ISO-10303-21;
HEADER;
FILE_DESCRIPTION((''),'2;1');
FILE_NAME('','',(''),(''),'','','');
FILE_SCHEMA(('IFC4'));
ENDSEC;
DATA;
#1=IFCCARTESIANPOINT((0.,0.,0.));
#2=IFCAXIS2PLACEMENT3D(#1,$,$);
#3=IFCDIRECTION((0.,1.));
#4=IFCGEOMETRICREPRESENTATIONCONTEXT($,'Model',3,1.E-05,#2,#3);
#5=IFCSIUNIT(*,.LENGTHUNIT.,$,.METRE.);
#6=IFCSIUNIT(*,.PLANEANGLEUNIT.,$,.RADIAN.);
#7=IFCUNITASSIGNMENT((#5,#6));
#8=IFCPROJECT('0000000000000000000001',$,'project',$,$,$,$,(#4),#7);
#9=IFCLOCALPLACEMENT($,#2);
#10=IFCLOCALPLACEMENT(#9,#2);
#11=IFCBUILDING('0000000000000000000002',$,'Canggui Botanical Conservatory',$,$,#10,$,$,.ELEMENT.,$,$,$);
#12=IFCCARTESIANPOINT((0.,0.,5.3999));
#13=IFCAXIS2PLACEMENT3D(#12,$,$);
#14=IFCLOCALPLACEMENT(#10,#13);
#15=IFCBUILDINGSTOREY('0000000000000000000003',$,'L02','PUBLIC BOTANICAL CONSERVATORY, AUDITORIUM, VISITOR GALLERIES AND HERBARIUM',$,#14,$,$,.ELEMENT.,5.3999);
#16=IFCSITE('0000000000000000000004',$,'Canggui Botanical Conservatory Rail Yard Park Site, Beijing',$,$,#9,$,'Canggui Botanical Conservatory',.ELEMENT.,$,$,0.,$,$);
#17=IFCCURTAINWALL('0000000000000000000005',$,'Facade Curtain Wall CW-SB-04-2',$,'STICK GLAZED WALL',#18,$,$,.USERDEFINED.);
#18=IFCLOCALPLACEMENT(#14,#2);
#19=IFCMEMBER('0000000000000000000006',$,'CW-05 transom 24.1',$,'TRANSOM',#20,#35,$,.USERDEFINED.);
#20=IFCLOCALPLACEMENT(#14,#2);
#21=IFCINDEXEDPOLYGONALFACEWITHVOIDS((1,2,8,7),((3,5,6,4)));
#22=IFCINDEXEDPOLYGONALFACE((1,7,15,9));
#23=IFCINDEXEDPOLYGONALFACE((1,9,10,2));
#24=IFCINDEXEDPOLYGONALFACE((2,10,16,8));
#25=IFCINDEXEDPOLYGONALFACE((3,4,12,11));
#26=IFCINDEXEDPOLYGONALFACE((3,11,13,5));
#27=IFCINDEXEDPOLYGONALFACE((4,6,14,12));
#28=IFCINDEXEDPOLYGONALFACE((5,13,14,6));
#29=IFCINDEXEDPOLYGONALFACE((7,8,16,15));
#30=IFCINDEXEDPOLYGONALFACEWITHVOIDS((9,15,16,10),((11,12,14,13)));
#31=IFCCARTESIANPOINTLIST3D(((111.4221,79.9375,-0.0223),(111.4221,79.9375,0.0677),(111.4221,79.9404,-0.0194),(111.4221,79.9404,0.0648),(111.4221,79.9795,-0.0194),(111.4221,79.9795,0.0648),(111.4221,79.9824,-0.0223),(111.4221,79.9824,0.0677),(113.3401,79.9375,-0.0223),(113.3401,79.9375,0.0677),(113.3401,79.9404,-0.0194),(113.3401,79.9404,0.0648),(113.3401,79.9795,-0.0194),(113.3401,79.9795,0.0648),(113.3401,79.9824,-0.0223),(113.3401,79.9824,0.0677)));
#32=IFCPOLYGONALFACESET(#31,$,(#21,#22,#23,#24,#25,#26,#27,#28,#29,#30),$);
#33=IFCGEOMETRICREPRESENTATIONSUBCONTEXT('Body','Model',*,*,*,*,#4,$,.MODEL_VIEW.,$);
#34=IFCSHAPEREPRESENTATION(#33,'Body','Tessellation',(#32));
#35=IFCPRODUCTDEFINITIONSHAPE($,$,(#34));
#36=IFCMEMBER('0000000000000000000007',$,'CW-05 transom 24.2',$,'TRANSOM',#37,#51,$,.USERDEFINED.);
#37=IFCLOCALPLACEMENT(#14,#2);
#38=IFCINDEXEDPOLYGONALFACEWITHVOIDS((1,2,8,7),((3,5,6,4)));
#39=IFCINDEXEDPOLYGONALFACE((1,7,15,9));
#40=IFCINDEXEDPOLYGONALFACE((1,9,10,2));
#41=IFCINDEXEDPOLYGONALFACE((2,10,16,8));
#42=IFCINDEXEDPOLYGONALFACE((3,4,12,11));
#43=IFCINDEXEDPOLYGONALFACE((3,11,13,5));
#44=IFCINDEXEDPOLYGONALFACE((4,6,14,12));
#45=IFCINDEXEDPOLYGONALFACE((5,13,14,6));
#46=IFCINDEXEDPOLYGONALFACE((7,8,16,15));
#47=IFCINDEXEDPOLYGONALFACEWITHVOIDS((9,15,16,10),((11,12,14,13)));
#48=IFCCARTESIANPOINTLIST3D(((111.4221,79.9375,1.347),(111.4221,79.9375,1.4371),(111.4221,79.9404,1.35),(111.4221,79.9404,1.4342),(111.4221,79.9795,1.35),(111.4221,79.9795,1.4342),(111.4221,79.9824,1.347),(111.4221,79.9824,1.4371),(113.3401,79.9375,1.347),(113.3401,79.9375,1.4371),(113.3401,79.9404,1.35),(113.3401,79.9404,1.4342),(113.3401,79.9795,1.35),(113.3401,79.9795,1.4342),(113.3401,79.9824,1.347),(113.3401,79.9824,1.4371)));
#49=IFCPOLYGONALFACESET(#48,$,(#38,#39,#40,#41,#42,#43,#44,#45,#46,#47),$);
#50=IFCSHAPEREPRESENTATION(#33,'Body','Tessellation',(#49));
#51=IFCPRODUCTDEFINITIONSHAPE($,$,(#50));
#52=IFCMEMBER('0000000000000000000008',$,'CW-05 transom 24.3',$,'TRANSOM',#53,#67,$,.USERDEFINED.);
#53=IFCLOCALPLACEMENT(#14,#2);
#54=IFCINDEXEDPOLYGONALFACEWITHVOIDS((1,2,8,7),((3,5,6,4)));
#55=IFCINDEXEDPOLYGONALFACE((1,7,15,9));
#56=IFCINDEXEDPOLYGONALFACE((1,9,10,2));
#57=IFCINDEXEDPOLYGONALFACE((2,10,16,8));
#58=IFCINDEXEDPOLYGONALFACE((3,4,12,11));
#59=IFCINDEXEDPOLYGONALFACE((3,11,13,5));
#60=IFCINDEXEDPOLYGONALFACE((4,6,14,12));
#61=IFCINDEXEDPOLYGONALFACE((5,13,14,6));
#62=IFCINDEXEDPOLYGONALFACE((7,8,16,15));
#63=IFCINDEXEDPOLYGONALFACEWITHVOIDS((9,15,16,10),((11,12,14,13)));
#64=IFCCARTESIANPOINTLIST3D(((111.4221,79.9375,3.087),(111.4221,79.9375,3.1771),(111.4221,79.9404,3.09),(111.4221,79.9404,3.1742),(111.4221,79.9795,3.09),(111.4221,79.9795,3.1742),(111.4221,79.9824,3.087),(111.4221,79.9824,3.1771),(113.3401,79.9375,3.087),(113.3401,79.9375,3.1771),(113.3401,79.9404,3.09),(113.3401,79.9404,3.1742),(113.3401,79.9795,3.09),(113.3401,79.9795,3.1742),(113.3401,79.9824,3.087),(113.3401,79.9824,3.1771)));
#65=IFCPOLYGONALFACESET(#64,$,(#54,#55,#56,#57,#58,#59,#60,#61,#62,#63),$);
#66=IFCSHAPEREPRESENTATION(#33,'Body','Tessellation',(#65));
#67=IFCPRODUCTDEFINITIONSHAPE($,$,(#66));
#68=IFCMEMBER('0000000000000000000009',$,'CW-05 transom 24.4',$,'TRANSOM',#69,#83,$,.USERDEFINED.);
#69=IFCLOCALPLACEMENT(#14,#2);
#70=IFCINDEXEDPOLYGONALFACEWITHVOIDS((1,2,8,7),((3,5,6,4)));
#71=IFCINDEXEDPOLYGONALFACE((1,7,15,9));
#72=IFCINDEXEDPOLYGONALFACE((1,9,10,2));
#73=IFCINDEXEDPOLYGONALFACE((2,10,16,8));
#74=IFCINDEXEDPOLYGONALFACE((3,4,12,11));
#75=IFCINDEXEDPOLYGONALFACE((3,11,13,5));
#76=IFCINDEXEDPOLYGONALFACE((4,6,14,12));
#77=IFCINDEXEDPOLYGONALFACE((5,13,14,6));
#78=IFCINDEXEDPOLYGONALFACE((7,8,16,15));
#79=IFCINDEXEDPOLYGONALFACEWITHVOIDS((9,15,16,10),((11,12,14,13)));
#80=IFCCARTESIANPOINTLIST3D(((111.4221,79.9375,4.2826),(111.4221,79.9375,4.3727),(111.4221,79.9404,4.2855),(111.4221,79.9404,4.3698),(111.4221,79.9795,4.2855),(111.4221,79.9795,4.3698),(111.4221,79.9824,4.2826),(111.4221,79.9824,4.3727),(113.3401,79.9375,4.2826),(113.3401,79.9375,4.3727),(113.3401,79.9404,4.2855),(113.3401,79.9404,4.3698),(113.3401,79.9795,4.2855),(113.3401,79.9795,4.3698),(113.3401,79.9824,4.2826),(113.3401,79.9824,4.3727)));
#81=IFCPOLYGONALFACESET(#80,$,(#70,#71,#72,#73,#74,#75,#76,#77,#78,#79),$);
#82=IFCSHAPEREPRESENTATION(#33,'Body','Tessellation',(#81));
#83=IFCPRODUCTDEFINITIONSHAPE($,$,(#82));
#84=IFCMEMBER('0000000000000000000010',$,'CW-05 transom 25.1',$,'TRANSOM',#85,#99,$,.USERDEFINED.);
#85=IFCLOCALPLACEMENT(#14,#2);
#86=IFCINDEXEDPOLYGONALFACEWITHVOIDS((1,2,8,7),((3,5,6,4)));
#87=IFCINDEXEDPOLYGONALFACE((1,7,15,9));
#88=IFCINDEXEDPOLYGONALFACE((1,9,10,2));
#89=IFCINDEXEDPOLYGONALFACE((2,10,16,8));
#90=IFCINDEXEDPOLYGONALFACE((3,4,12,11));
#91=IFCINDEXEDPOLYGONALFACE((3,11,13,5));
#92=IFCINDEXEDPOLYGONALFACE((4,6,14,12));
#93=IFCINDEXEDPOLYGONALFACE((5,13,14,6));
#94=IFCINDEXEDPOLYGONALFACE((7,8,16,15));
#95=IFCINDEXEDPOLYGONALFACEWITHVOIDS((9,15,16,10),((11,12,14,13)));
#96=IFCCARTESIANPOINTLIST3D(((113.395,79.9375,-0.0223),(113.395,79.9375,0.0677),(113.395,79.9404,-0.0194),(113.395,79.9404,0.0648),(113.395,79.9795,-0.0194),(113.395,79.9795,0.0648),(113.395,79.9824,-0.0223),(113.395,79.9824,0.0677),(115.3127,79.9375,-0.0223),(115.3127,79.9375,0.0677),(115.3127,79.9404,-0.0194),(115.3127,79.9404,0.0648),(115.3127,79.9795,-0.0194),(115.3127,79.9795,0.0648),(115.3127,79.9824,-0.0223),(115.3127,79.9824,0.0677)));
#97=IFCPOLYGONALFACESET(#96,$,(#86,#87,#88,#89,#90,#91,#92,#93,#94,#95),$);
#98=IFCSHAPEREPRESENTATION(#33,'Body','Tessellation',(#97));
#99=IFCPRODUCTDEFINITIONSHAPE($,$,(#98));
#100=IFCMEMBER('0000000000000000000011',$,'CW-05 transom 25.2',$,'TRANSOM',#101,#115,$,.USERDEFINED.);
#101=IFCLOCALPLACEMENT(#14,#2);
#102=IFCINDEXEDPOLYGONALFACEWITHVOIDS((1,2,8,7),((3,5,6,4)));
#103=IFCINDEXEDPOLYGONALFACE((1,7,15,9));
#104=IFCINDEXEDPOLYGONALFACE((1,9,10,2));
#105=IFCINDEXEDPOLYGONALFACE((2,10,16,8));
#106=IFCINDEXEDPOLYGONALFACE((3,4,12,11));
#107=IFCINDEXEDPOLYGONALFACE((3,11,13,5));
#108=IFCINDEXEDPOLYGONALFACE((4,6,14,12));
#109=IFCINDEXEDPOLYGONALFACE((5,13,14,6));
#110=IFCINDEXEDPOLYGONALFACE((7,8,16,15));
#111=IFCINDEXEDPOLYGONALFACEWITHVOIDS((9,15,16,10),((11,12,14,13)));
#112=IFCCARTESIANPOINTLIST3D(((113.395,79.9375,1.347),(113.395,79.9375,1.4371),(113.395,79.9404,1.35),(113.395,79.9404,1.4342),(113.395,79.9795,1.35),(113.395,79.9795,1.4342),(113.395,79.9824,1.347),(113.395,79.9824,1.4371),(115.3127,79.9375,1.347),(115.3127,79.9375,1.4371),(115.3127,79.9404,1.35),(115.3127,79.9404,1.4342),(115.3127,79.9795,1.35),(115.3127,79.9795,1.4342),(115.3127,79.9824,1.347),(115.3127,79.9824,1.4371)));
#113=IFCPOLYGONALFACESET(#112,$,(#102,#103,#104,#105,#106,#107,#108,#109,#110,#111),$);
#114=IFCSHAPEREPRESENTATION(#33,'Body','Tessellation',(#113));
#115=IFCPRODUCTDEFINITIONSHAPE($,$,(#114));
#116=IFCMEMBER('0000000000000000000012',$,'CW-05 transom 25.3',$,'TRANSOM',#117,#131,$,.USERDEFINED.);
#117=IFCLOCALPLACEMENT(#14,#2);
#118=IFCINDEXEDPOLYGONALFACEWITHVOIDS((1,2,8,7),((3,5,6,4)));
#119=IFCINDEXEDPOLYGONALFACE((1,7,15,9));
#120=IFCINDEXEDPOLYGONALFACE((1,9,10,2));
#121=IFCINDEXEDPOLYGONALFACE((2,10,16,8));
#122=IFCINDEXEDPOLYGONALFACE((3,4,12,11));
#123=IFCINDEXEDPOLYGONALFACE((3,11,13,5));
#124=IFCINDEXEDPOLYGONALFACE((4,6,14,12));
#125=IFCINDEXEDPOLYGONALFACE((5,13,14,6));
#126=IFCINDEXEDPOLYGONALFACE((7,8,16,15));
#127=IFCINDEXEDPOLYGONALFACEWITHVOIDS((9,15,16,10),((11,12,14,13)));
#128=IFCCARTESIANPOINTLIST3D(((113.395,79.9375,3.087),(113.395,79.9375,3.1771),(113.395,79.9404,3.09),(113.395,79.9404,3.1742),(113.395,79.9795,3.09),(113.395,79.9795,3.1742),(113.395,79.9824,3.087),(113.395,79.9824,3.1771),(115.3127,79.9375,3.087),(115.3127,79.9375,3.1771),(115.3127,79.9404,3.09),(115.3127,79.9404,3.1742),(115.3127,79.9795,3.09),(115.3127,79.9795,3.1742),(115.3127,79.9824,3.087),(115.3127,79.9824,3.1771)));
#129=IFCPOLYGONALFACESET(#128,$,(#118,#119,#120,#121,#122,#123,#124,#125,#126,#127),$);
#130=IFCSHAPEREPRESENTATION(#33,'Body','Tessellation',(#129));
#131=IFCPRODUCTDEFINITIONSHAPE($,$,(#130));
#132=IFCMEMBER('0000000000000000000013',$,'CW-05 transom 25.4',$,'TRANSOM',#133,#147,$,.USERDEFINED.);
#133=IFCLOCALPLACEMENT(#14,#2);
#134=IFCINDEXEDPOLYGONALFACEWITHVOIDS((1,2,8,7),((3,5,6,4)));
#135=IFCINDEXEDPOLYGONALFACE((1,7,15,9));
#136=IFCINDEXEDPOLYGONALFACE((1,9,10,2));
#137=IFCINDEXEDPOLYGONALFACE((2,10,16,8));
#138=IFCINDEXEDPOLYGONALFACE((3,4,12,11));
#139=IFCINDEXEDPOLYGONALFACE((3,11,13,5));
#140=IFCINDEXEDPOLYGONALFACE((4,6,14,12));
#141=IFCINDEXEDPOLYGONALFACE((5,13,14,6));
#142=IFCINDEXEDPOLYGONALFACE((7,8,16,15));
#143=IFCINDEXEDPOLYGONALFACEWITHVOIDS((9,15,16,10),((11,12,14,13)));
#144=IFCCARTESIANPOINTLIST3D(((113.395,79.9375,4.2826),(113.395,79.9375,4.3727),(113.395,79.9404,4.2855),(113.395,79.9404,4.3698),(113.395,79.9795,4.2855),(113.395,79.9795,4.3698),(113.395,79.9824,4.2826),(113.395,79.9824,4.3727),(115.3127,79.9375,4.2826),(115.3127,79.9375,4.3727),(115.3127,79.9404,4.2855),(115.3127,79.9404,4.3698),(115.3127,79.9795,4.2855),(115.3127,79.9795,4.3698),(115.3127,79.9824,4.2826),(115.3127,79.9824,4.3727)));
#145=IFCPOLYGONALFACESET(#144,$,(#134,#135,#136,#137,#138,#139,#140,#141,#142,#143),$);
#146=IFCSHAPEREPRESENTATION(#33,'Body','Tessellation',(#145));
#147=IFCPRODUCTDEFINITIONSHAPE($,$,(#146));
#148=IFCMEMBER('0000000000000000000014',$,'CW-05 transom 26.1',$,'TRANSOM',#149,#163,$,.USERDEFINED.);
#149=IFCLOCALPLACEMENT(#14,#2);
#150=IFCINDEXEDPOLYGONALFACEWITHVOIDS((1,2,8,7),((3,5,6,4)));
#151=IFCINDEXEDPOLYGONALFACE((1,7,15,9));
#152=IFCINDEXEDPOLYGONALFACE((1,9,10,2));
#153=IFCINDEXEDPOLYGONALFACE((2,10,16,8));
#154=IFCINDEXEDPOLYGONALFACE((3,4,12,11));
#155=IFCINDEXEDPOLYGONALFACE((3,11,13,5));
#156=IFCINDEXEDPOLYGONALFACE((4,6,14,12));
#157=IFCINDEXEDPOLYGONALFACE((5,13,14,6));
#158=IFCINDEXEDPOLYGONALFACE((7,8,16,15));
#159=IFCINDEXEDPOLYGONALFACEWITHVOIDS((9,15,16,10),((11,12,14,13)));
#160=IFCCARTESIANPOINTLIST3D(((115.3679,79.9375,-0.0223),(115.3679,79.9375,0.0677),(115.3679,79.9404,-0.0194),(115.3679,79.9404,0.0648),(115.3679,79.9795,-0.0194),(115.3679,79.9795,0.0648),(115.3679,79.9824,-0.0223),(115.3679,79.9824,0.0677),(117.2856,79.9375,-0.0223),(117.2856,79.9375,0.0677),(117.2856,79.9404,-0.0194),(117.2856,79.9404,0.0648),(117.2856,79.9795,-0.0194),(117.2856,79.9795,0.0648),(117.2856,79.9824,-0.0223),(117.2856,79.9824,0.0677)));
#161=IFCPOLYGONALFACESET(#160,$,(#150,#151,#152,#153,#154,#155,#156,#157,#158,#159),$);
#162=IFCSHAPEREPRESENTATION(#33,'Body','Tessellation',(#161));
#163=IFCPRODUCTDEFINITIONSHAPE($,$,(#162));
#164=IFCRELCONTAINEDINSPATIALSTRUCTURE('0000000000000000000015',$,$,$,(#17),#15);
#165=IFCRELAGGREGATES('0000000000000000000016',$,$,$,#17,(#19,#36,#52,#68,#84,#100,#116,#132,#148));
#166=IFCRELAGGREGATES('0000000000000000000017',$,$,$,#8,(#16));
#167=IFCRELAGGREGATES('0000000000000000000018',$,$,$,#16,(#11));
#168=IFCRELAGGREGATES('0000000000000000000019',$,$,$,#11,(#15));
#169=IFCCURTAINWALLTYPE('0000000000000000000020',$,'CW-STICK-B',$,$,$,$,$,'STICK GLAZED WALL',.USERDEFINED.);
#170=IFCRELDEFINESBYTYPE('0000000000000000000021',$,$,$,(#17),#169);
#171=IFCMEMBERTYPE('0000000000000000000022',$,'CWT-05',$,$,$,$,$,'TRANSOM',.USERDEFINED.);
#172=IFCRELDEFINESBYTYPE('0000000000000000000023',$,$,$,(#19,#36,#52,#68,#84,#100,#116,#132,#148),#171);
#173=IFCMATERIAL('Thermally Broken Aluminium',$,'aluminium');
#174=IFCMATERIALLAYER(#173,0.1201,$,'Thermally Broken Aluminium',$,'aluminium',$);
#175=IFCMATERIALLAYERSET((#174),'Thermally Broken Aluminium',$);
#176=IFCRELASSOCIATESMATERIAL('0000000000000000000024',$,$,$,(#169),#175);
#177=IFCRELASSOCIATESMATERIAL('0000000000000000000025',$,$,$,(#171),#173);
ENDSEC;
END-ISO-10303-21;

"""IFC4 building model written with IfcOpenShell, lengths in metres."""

from ifc_helpers import new_model, si_unit, direction, frame, origin, origin_2d, place, context, subcontext, project, spatial, hollow_rectangle, extrude, material, layer, layer_set, material_profile, profile_set, type_object, element, aggregate, save


model = new_model("IFC4")

# Units and contexts
model_context = context("Model", 3, precision=1e-05, world=origin(), true_north=direction((0.0, 1.0)))
body_context = subcontext(model_context, "Body", "Model", "MODEL_VIEW")
ifc_project = project(units=[si_unit("LENGTHUNIT", "METRE"), si_unit("PLANEANGLEUNIT", "RADIAN")], contexts=[model_context])

# Site, building, storey
site_placement = place(None, origin())
site = spatial("IfcSite", under=ifc_project, at=site_placement, Name="Canggui Botanical Conservatory Rail Yard Park Site, Beijing", LongName="Canggui Botanical Conservatory", CompositionType="ELEMENT", RefElevation=0.0)
building_placement = place(site_placement, origin())
building = spatial("IfcBuilding", under=site, at=building_placement, Name="Canggui Botanical Conservatory", CompositionType="ELEMENT")
storey_placement = place(building_placement, frame((0.0, 0.0, 5.3999)))
storey = spatial("IfcBuildingStorey", under=building, at=storey_placement, Name="L02", Description="PUBLIC BOTANICAL CONSERVATORY, AUDITORIUM, VISITOR GALLERIES AND HERBARIUM", CompositionType="ELEMENT", Elevation=5.3999)

# Curtain wall, members
ifc_material_1 = material(Name="Thermally Broken Aluminium", Category="aluminium")
ifc_layer_1 = layer(ifc_material_1, 0.1201, Name="Thermally Broken Aluminium", Category="aluminium")
ifc_layer_set_1 = layer_set([ifc_layer_1], Name="Thermally Broken Aluminium")
curtain_wall_type = type_object("IfcCurtainWallType", Name="CW-STICK-B", ElementType="STICK GLAZED WALL", PredefinedType="USERDEFINED", material=ifc_layer_set_1)
curtain_wall_placement = place(storey_placement, origin())
curtain_wall = element("IfcCurtainWall", 1, at=curtain_wall_placement, inside=storey, type_object=curtain_wall_type, Name="Facade Curtain Wall CW-SB-04-2", ObjectType="STICK GLAZED WALL", PredefinedType="USERDEFINED")
ifc_material_profile_1 = material_profile(ifc_material_1, hollow_rectangle(XDim=0.0449, YDim=0.0901, WallThickness=0.0029, at=origin_2d()), Name="CWT 45x90x3")
ifc_profile_set_1 = profile_set([ifc_material_profile_1], Name="Thermally Broken Aluminium")
member_type_1 = type_object("IfcMemberType", Name="CWT-05", ElementType="TRANSOM", PredefinedType="USERDEFINED", material=ifc_profile_set_1)
member_1_placement = place(storey_placement, frame((111.4221, 79.96, 0.0227), z_axis=(1.0, 0.0, 0.0), x_axis=(0.0, 1.0, 0.0)))
member_1 = element("IfcMember", 2, at=member_1_placement, type_object=member_type_1, Name="CW-05 transom 24.1", ObjectType="TRANSOM", PredefinedType="USERDEFINED", context=body_context, shape_type="SweptSolid", body=[
    extrude(hollow_rectangle(XDim=0.0449, YDim=0.0901, WallThickness=0.0029, at=origin_2d()), origin(), (0.0, 0.0, 1.0), 1.918),
])
member_2_placement = place(storey_placement, frame((111.4221, 79.96, 1.3921), z_axis=(1.0, 0.0, 0.0), x_axis=(0.0, 1.0, 0.0)))
member_2 = element("IfcMember", 3, at=member_2_placement, type_object=member_type_1, Name="CW-05 transom 24.2", ObjectType="TRANSOM", PredefinedType="USERDEFINED", context=body_context, shape_type="SweptSolid", body=[
    extrude(hollow_rectangle(XDim=0.0449, YDim=0.0901, WallThickness=0.0029, at=origin_2d()), origin(), (0.0, 0.0, 1.0), 1.918),
])
member_3_placement = place(storey_placement, frame((111.4221, 79.96, 3.1321), z_axis=(1.0, 0.0, 0.0), x_axis=(0.0, 1.0, 0.0)))
member_3 = element("IfcMember", 4, at=member_3_placement, type_object=member_type_1, Name="CW-05 transom 24.3", ObjectType="TRANSOM", PredefinedType="USERDEFINED", context=body_context, shape_type="SweptSolid", body=[
    extrude(hollow_rectangle(XDim=0.0449, YDim=0.0901, WallThickness=0.0029, at=origin_2d()), origin(), (0.0, 0.0, 1.0), 1.918),
])
member_4_placement = place(storey_placement, frame((111.4221, 79.96, 4.3276), z_axis=(1.0, 0.0, 0.0), x_axis=(0.0, 1.0, 0.0)))
member_4 = element("IfcMember", 5, at=member_4_placement, type_object=member_type_1, Name="CW-05 transom 24.4", ObjectType="TRANSOM", PredefinedType="USERDEFINED", context=body_context, shape_type="SweptSolid", body=[
    extrude(hollow_rectangle(XDim=0.0449, YDim=0.0901, WallThickness=0.0029, at=origin_2d()), origin(), (0.0, 0.0, 1.0), 1.918),
])
member_5_placement = place(storey_placement, frame((113.395, 79.96, 0.0227), z_axis=(1.0, 0.0, 0.0), x_axis=(0.0, 1.0, 0.0)))
member_5 = element("IfcMember", 6, at=member_5_placement, type_object=member_type_1, Name="CW-05 transom 25.1", ObjectType="TRANSOM", PredefinedType="USERDEFINED", context=body_context, shape_type="SweptSolid", body=[
    extrude(hollow_rectangle(XDim=0.0449, YDim=0.0901, WallThickness=0.0029, at=origin_2d()), origin(), (0.0, 0.0, 1.0), 1.9177),
])
member_6_placement = place(storey_placement, frame((113.395, 79.96, 1.3921), z_axis=(1.0, 0.0, 0.0), x_axis=(0.0, 1.0, 0.0)))
member_6 = element("IfcMember", 7, at=member_6_placement, type_object=member_type_1, Name="CW-05 transom 25.2", ObjectType="TRANSOM", PredefinedType="USERDEFINED", context=body_context, shape_type="SweptSolid", body=[
    extrude(hollow_rectangle(XDim=0.0449, YDim=0.0901, WallThickness=0.0029, at=origin_2d()), origin(), (0.0, 0.0, 1.0), 1.9177),
])
member_7_placement = place(storey_placement, frame((113.395, 79.96, 3.1321), z_axis=(1.0, 0.0, 0.0), x_axis=(0.0, 1.0, 0.0)))
member_7 = element("IfcMember", 8, at=member_7_placement, type_object=member_type_1, Name="CW-05 transom 25.3", ObjectType="TRANSOM", PredefinedType="USERDEFINED", context=body_context, shape_type="SweptSolid", body=[
    extrude(hollow_rectangle(XDim=0.0449, YDim=0.0901, WallThickness=0.0029, at=origin_2d()), origin(), (0.0, 0.0, 1.0), 1.9177),
])
member_8_placement = place(storey_placement, frame((113.395, 79.96, 4.3276), z_axis=(1.0, 0.0, 0.0), x_axis=(0.0, 1.0, 0.0)))
member_8 = element("IfcMember", 9, at=member_8_placement, type_object=member_type_1, Name="CW-05 transom 25.4", ObjectType="TRANSOM", PredefinedType="USERDEFINED", context=body_context, shape_type="SweptSolid", body=[
    extrude(hollow_rectangle(XDim=0.0449, YDim=0.0901, WallThickness=0.0029, at=origin_2d()), origin(), (0.0, 0.0, 1.0), 1.9177),
])
member_9_placement = place(storey_placement, frame((115.3679, 79.96, 0.0227), z_axis=(1.0, 0.0, 0.0), x_axis=(0.0, 1.0, 0.0)))
member_9 = element("IfcMember", 10, at=member_9_placement, type_object=member_type_1, Name="CW-05 transom 26.1", ObjectType="TRANSOM", PredefinedType="USERDEFINED", context=body_context, shape_type="SweptSolid", body=[
    extrude(hollow_rectangle(XDim=0.0449, YDim=0.0901, WallThickness=0.0029, at=origin_2d()), origin(), (0.0, 0.0, 1.0), 1.9177),
])

aggregate(curtain_wall, [member_1, member_2, member_3, member_4, member_5, member_6, member_7, member_8, member_9])

save(model, "model.ifc")
